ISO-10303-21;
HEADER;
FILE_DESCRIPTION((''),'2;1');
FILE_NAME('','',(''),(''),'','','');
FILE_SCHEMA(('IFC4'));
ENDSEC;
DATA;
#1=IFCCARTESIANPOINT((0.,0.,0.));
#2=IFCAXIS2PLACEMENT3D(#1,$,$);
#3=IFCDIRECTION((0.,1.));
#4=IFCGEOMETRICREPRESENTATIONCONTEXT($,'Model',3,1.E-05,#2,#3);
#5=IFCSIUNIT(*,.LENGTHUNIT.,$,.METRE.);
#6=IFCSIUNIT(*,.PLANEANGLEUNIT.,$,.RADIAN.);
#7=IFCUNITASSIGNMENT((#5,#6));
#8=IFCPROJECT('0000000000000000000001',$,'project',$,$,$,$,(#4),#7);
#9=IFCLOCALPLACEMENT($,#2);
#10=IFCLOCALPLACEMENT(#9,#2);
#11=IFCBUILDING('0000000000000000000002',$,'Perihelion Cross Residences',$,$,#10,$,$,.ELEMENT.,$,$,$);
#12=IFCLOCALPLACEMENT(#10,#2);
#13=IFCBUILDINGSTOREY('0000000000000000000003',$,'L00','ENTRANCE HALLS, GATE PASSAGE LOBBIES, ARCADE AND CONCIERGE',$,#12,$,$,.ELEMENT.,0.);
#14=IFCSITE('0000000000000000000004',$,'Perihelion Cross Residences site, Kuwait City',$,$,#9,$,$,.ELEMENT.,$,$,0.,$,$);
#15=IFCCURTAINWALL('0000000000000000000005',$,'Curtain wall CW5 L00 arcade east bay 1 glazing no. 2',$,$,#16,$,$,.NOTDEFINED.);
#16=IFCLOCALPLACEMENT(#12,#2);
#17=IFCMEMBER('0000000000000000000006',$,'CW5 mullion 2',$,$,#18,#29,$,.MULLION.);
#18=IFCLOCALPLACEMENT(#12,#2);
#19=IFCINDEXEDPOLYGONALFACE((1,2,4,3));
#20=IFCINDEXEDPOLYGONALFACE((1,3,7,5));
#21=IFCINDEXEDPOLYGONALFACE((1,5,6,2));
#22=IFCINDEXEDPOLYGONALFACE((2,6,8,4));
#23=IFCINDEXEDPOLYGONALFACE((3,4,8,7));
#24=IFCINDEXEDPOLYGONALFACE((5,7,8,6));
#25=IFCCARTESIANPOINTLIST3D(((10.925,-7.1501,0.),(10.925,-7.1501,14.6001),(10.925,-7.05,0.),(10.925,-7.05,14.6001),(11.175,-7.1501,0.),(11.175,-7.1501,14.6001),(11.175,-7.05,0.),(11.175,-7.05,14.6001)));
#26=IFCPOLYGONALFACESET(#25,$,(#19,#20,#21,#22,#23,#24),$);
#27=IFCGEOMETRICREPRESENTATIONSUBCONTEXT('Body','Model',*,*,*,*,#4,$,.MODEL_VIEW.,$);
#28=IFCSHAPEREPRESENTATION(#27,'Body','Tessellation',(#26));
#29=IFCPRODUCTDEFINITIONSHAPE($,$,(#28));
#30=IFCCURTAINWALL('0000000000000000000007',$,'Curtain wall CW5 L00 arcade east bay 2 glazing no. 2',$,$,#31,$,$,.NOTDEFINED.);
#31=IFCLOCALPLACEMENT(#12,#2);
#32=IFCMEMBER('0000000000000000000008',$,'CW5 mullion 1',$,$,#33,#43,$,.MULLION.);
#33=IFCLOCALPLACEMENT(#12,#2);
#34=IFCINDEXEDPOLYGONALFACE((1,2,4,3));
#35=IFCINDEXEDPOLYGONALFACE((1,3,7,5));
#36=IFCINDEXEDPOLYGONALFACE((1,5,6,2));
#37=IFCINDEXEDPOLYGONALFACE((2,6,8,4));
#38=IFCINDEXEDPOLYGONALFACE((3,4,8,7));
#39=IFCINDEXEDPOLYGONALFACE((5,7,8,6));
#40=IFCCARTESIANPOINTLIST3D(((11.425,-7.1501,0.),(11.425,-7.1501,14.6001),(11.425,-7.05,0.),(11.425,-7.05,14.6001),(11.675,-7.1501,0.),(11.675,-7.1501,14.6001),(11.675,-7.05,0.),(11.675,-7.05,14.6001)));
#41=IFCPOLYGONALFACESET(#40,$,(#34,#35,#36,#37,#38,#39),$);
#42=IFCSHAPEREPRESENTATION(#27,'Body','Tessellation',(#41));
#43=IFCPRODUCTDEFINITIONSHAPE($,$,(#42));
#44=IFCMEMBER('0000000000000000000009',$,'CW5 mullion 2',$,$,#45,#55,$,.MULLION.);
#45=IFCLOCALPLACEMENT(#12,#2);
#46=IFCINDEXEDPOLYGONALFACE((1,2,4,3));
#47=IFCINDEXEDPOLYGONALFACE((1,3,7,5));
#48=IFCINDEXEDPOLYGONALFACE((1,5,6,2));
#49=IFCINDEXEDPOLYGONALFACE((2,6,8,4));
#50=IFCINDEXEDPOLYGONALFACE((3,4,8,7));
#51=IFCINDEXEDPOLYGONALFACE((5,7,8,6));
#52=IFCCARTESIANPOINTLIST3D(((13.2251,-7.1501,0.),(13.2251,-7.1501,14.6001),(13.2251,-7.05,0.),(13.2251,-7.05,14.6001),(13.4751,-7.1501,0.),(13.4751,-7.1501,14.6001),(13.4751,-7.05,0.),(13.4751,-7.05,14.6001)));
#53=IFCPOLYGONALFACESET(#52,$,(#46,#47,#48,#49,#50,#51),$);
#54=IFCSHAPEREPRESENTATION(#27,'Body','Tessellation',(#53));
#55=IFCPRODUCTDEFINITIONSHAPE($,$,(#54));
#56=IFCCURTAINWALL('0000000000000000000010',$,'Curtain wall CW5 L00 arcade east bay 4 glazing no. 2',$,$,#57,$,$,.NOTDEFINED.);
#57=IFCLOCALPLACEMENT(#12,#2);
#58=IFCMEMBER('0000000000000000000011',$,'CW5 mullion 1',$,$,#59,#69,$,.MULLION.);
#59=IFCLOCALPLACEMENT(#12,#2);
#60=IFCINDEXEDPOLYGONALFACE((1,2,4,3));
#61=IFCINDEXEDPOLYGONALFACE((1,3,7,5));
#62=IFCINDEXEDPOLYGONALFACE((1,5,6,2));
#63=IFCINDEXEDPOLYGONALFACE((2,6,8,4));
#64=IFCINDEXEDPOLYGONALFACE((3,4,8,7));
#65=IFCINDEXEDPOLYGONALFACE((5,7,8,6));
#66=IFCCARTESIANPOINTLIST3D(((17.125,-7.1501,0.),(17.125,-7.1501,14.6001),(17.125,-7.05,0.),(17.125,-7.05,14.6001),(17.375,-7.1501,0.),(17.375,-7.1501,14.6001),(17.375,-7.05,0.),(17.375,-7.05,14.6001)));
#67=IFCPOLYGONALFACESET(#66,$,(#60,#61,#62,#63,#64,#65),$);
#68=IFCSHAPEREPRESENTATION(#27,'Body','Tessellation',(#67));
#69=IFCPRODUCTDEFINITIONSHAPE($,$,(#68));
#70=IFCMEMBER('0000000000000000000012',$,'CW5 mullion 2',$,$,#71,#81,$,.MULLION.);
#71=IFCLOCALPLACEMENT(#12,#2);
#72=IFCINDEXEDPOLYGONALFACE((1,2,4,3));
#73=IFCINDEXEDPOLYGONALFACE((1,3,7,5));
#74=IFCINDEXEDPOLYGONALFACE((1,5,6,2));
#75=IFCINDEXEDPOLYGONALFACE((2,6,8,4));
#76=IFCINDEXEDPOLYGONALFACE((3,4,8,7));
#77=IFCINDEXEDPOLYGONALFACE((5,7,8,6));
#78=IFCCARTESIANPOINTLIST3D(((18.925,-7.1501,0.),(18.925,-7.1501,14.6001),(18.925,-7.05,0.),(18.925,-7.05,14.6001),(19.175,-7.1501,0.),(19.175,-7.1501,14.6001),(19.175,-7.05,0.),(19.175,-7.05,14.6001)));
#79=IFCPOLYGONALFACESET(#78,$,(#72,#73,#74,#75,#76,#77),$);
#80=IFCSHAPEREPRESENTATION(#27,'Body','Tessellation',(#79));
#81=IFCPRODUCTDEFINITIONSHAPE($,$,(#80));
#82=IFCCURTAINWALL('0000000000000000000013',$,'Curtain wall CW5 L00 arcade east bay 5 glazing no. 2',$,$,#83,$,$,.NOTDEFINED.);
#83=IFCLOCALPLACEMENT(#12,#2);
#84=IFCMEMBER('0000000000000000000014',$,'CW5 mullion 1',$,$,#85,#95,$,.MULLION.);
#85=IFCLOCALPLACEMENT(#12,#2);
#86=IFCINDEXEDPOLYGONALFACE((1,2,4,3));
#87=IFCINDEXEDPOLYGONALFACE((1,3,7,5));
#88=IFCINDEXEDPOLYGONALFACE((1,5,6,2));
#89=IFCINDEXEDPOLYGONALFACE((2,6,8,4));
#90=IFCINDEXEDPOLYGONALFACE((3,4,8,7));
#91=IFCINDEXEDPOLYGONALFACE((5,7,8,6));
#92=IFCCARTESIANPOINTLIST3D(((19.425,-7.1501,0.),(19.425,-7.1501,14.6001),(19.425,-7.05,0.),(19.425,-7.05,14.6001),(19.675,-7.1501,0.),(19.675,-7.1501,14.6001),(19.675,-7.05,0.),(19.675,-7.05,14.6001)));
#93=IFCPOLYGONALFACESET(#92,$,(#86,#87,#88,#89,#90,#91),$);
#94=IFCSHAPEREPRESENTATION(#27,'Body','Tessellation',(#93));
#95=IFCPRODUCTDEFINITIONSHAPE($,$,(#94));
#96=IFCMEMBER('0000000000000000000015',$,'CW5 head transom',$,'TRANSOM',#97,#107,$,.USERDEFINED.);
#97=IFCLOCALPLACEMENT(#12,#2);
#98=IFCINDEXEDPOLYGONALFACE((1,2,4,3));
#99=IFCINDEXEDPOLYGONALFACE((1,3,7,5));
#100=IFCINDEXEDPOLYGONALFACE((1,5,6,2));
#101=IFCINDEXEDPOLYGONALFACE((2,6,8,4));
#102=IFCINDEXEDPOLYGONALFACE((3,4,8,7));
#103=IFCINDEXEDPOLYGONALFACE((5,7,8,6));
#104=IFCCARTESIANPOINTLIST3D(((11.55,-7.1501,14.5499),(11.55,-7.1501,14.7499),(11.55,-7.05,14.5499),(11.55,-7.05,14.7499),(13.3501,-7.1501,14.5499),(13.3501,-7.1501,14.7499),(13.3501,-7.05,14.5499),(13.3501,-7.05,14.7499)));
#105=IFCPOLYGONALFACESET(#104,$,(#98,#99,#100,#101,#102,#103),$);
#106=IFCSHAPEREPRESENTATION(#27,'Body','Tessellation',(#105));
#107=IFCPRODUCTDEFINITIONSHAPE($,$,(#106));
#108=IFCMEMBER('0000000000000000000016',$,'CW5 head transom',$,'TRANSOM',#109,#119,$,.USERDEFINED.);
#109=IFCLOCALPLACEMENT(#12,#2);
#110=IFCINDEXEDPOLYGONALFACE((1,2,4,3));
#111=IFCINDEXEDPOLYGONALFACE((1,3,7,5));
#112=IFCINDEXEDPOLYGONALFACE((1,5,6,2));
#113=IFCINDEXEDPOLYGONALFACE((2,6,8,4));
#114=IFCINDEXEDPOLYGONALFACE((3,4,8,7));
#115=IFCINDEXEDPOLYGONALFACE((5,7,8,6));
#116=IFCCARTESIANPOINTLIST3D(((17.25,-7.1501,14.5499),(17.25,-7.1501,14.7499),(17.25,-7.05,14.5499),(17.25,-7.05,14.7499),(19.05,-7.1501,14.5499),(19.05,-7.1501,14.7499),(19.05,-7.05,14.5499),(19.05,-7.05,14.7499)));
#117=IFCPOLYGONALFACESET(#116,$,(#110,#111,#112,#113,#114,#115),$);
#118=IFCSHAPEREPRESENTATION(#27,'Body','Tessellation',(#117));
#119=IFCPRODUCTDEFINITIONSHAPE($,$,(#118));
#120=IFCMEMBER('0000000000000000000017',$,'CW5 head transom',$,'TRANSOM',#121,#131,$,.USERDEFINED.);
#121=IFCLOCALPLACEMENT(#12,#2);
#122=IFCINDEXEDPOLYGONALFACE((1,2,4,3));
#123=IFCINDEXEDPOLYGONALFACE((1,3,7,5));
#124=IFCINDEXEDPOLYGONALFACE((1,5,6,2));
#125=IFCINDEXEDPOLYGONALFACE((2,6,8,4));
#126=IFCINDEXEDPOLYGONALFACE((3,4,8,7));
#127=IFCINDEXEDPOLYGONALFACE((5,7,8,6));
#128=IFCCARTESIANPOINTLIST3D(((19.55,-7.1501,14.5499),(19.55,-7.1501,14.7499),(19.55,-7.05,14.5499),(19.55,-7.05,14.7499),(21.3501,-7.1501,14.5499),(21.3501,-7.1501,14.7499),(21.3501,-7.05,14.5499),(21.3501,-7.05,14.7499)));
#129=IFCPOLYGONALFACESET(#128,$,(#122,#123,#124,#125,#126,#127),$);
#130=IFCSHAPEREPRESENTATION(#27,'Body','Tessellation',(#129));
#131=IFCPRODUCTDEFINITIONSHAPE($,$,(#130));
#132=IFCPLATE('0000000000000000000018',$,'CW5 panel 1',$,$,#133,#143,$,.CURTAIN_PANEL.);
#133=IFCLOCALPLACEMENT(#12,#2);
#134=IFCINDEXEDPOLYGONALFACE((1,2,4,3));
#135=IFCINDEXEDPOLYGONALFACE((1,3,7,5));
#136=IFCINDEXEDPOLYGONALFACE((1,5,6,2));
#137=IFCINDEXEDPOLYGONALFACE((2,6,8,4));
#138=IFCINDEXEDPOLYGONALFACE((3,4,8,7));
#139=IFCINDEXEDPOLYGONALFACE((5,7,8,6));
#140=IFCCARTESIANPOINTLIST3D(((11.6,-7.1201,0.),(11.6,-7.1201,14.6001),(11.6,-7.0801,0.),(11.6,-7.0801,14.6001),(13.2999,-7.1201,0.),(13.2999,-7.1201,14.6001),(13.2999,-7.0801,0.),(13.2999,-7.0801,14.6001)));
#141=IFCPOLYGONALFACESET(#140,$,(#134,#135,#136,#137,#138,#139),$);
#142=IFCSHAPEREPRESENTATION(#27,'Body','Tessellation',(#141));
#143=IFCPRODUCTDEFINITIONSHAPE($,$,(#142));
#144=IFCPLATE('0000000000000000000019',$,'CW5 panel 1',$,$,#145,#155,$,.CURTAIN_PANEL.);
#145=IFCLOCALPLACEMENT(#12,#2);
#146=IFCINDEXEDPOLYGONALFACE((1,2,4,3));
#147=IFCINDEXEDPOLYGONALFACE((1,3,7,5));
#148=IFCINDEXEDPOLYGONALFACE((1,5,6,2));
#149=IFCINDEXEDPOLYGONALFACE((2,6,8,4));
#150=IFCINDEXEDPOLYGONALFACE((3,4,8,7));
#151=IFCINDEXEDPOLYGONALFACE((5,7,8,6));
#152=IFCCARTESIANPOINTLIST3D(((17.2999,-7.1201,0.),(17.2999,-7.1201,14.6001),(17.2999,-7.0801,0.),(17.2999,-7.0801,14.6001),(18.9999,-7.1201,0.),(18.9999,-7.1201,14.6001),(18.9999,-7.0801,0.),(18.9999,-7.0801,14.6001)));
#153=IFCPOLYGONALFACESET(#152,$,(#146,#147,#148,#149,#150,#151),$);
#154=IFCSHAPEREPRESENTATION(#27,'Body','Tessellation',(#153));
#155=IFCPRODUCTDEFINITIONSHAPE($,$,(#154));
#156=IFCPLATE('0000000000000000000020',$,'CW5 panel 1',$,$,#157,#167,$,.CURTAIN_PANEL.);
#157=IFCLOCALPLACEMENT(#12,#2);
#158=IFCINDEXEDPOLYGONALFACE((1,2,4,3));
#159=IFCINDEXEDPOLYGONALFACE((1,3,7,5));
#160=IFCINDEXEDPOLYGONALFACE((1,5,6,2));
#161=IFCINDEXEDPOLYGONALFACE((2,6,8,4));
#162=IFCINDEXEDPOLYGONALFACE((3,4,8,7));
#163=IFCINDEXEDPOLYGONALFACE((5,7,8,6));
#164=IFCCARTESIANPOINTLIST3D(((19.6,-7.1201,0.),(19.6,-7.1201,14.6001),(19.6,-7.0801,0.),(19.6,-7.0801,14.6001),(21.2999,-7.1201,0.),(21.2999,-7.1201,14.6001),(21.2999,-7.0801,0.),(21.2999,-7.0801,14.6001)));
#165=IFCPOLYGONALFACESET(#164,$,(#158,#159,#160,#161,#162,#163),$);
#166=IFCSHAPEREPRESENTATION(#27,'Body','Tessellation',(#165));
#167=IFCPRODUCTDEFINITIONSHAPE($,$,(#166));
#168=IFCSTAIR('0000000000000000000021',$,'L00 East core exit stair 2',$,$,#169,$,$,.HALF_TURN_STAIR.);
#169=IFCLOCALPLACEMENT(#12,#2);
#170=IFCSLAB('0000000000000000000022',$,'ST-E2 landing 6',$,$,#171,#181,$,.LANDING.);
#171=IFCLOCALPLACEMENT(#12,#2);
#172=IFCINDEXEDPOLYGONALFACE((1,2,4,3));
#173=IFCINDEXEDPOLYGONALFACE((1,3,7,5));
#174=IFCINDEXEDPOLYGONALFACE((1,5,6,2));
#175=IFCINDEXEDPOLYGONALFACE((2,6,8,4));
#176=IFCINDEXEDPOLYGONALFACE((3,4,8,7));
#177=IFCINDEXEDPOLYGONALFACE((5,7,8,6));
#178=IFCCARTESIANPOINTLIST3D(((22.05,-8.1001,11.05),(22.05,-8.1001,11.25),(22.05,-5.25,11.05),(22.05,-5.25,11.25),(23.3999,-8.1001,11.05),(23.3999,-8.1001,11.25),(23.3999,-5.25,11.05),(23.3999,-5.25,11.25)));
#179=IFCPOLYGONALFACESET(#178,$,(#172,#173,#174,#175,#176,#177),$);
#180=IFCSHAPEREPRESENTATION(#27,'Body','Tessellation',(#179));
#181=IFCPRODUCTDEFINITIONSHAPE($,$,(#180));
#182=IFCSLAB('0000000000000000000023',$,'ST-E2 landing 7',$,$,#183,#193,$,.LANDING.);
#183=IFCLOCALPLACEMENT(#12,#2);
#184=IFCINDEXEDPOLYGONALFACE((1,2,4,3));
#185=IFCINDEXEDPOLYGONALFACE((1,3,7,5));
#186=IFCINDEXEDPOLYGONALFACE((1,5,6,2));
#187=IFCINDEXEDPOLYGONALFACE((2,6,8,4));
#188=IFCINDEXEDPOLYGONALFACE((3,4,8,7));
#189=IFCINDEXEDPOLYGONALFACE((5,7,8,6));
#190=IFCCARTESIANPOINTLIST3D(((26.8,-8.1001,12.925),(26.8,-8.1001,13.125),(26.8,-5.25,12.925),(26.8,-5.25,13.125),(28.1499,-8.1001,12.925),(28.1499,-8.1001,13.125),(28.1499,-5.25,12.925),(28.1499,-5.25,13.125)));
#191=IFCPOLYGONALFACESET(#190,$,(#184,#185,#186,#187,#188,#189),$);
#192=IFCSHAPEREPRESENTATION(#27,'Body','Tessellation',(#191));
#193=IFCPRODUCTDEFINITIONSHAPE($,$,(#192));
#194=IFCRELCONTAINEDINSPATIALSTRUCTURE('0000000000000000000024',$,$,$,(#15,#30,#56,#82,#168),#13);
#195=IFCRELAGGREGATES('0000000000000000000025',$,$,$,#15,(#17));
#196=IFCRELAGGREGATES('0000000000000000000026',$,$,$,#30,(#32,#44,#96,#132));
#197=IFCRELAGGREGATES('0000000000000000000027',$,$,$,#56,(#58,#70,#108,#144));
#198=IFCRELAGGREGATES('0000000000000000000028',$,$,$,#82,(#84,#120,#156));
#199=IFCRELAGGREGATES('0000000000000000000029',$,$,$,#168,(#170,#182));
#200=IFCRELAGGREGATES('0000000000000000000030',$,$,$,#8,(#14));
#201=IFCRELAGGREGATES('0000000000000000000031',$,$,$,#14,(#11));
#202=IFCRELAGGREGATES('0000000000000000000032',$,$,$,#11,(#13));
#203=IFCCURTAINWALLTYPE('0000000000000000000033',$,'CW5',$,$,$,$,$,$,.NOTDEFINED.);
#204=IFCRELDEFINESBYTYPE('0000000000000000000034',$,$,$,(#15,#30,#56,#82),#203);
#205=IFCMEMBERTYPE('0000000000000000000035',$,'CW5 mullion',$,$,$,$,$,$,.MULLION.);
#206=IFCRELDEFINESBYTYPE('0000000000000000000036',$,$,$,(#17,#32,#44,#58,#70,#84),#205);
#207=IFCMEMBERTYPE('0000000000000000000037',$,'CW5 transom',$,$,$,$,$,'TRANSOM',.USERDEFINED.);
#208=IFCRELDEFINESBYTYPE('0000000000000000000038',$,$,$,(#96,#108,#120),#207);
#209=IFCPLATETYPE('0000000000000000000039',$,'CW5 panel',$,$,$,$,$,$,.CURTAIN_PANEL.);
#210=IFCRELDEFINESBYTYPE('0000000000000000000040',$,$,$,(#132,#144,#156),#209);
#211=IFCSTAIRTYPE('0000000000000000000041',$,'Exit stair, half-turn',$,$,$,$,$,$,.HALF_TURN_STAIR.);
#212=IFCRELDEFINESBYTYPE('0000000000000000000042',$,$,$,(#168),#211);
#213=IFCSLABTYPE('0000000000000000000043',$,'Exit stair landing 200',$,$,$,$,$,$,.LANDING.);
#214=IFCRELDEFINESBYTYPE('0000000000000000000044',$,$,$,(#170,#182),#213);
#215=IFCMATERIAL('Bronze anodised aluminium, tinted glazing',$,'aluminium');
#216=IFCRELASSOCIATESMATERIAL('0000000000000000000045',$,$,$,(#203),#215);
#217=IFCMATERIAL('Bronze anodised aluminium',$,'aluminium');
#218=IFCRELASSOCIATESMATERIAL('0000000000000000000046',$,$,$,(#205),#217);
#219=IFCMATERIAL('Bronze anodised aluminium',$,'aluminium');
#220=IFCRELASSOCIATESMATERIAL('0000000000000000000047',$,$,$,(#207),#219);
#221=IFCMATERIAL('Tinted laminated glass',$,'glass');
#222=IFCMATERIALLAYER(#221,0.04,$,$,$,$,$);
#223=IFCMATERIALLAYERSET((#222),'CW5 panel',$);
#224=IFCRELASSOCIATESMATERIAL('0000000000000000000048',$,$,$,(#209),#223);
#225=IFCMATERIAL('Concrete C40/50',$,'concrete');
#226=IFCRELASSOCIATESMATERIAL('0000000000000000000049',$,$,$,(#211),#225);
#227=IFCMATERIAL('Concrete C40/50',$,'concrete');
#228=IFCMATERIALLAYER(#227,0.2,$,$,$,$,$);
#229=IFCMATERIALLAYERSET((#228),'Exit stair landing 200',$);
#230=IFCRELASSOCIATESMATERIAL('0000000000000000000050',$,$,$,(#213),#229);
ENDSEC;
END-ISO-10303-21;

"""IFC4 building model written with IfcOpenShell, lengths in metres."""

from ifc_helpers import new_model, si_unit, direction, frame, origin, origin_2d, place, context, subcontext, project, spatial, polyline, rectangle, outline, extrude, material, layer, layer_set, material_profile, profile_set, type_object, element, aggregate, save


model = new_model("IFC4")

# Units and contexts
model_context = context("Model", 3, precision=1e-05, world=origin(), true_north=direction((0.0, 1.0)))
body_context = subcontext(model_context, "Body", "Model", "MODEL_VIEW")
ifc_project = project(units=[si_unit("LENGTHUNIT", "METRE"), si_unit("PLANEANGLEUNIT", "RADIAN")], contexts=[model_context])

# Site, building, storey
site_placement = place(None, origin())
site = spatial("IfcSite", under=ifc_project, at=site_placement, Name="Perihelion Cross Residences site, Kuwait City", CompositionType="ELEMENT", RefElevation=0.0)
building_placement = place(site_placement, origin())
building = spatial("IfcBuilding", under=site, at=building_placement, Name="Perihelion Cross Residences", CompositionType="ELEMENT")
storey_placement = place(building_placement, origin())
storey = spatial("IfcBuildingStorey", under=building, at=storey_placement, Name="L00", Description="ENTRANCE HALLS, GATE PASSAGE LOBBIES, ARCADE AND CONCIERGE", CompositionType="ELEMENT", Elevation=0.0)

# Curtain wall, member
ifc_material_1 = material(Name="Bronze anodised aluminium, tinted glazing", Category="aluminium")
curtain_wall_type = type_object("IfcCurtainWallType", Name="CW5", PredefinedType="NOTDEFINED", material=ifc_material_1)
curtain_wall_1_placement = place(storey_placement, origin())
curtain_wall_1 = element("IfcCurtainWall", 1, at=curtain_wall_1_placement, inside=storey, type_object=curtain_wall_type, Name="Curtain wall CW5 L00 arcade east bay 1 glazing no. 2", PredefinedType="NOTDEFINED")
ifc_material_2 = material(Name="Bronze anodised aluminium", Category="aluminium")
ifc_material_profile_1 = material_profile(ifc_material_2, rectangle(XDim=0.1001, YDim=0.25, at=origin_2d()), Name="CW5 mullion")
ifc_profile_set_1 = profile_set([ifc_material_profile_1], Name="Bronze anodised aluminium")
member_type_1 = type_object("IfcMemberType", Name="CW5 mullion", PredefinedType="MULLION", material=ifc_profile_set_1)
member_1_placement = place(storey_placement, frame((11.05, -7.1001, 0.0), z_axis=(0.0, 0.0, 1.0), x_axis=(0.0, 1.0, 0.0)))
member_1 = element("IfcMember", 2, at=member_1_placement, type_object=member_type_1, Name="CW5 mullion 2", PredefinedType="MULLION", context=body_context, shape_type="SweptSolid", body=[
    extrude(rectangle(XDim=0.1001, YDim=0.25, at=origin_2d()), origin(), (0.0, 0.0, 1.0), 14.6001),
])
aggregate(curtain_wall_1, [member_1])

# Curtain walls, members
curtain_wall_2_placement = place(storey_placement, origin())
curtain_wall_2 = element("IfcCurtainWall", 3, at=curtain_wall_2_placement, inside=storey, type_object=curtain_wall_type, Name="Curtain wall CW5 L00 arcade east bay 2 glazing no. 2", PredefinedType="NOTDEFINED")
member_2_placement = place(storey_placement, frame((11.55, -7.1001, 0.0), z_axis=(0.0, 0.0, 1.0), x_axis=(0.0, 1.0, 0.0)))
member_2 = element("IfcMember", 4, at=member_2_placement, type_object=member_type_1, Name="CW5 mullion 1", PredefinedType="MULLION", context=body_context, shape_type="SweptSolid", body=[
    extrude(rectangle(XDim=0.1001, YDim=0.25, at=origin_2d()), origin(), (0.0, 0.0, 1.0), 14.6001),
])
member_3_placement = place(storey_placement, frame((13.3501, -7.1001, 0.0), z_axis=(0.0, 0.0, 1.0), x_axis=(0.0, 1.0, 0.0)))
member_3 = element("IfcMember", 5, at=member_3_placement, type_object=member_type_1, Name="CW5 mullion 2", PredefinedType="MULLION", context=body_context, shape_type="SweptSolid", body=[
    extrude(rectangle(XDim=0.1001, YDim=0.25, at=origin_2d()), origin(), (0.0, 0.0, 1.0), 14.6001),
])
curtain_wall_3_placement = place(storey_placement, origin())
curtain_wall_3 = element("IfcCurtainWall", 6, at=curtain_wall_3_placement, inside=storey, type_object=curtain_wall_type, Name="Curtain wall CW5 L00 arcade east bay 4 glazing no. 2", PredefinedType="NOTDEFINED")
member_4_placement = place(storey_placement, frame((17.25, -7.1001, 0.0), z_axis=(0.0, 0.0, 1.0), x_axis=(0.0, 1.0, 0.0)))
member_4 = element("IfcMember", 7, at=member_4_placement, type_object=member_type_1, Name="CW5 mullion 1", PredefinedType="MULLION", context=body_context, shape_type="SweptSolid", body=[
    extrude(rectangle(XDim=0.1001, YDim=0.25, at=origin_2d()), origin(), (0.0, 0.0, 1.0), 14.6001),
])
member_5_placement = place(storey_placement, frame((19.05, -7.1001, 0.0), z_axis=(0.0, 0.0, 1.0), x_axis=(0.0, 1.0, 0.0)))
member_5 = element("IfcMember", 8, at=member_5_placement, type_object=member_type_1, Name="CW5 mullion 2", PredefinedType="MULLION", context=body_context, shape_type="SweptSolid", body=[
    extrude(rectangle(XDim=0.1001, YDim=0.25, at=origin_2d()), origin(), (0.0, 0.0, 1.0), 14.6001),
])

# Curtain wall, member
curtain_wall_4_placement = place(storey_placement, origin())
curtain_wall_4 = element("IfcCurtainWall", 9, at=curtain_wall_4_placement, inside=storey, type_object=curtain_wall_type, Name="Curtain wall CW5 L00 arcade east bay 5 glazing no. 2", PredefinedType="NOTDEFINED")
member_6_placement = place(storey_placement, frame((19.55, -7.1001, 0.0), z_axis=(0.0, 0.0, 1.0), x_axis=(0.0, 1.0, 0.0)))
member_6 = element("IfcMember", 10, at=member_6_placement, type_object=member_type_1, Name="CW5 mullion 1", PredefinedType="MULLION", context=body_context, shape_type="SweptSolid", body=[
    extrude(rectangle(XDim=0.1001, YDim=0.25, at=origin_2d()), origin(), (0.0, 0.0, 1.0), 14.6001),
])

# Members
ifc_material_3 = material(Name="Bronze anodised aluminium", Category="aluminium")
ifc_material_profile_2 = material_profile(ifc_material_3, rectangle(XDim=0.1001, YDim=0.2, at=origin_2d()), Name="CW5 transom")
ifc_profile_set_2 = profile_set([ifc_material_profile_2], Name="Bronze anodised aluminium")
member_type_2 = type_object("IfcMemberType", Name="CW5 transom", ElementType="TRANSOM", PredefinedType="USERDEFINED", material=ifc_profile_set_2)
member_7_placement = place(storey_placement, frame((11.55, -7.1001, 14.6499), z_axis=(1.0, 0.0, 0.0), x_axis=(0.0, 1.0, 0.0)))
member_7 = element("IfcMember", 11, at=member_7_placement, type_object=member_type_2, Name="CW5 head transom", ObjectType="TRANSOM", PredefinedType="USERDEFINED", context=body_context, shape_type="SweptSolid", body=[
    extrude(rectangle(XDim=0.1001, YDim=0.2, at=origin_2d()), origin(), (0.0, 0.0, 1.0), 1.8),
])
member_8_placement = place(storey_placement, frame((17.25, -7.1001, 14.6499), z_axis=(1.0, 0.0, 0.0), x_axis=(0.0, 1.0, 0.0)))
member_8 = element("IfcMember", 12, at=member_8_placement, type_object=member_type_2, Name="CW5 head transom", ObjectType="TRANSOM", PredefinedType="USERDEFINED", context=body_context, shape_type="SweptSolid", body=[
    extrude(rectangle(XDim=0.1001, YDim=0.2, at=origin_2d()), origin(), (0.0, 0.0, 1.0), 1.8),
])
member_9_placement = place(storey_placement, frame((19.55, -7.1001, 14.6499), z_axis=(1.0, 0.0, 0.0), x_axis=(0.0, 1.0, 0.0)))
member_9 = element("IfcMember", 13, at=member_9_placement, type_object=member_type_2, Name="CW5 head transom", ObjectType="TRANSOM", PredefinedType="USERDEFINED", context=body_context, shape_type="SweptSolid", body=[
    extrude(rectangle(XDim=0.1001, YDim=0.2, at=origin_2d()), origin(), (0.0, 0.0, 1.0), 1.8),
])

# Plates
ifc_material_4 = material(Name="Tinted laminated glass", Category="glass")
ifc_layer_1 = layer(ifc_material_4, 0.04)
ifc_layer_set_1 = layer_set([ifc_layer_1], Name="CW5 panel")
plate_type = type_object("IfcPlateType", Name="CW5 panel", PredefinedType="CURTAIN_PANEL", material=ifc_layer_set_1)
plate_1_placement = place(storey_placement, frame((12.45, -7.1001, 0.0), z_axis=(0.0, 0.0, 1.0), x_axis=(1.0, 0.0, 0.0)))
plate_1 = element("IfcPlate", 14, at=plate_1_placement, type_object=plate_type, Name="CW5 panel 1", PredefinedType="CURTAIN_PANEL", context=body_context, shape_type="SweptSolid", body=[
    extrude(rectangle(XDim=1.7, YDim=0.04, at=origin_2d()), origin(), (0.0, 0.0, 1.0), 14.6001),
])
aggregate(curtain_wall_2, [member_2, member_3, member_7, plate_1])
plate_2_placement = place(storey_placement, frame((18.1499, -7.1001, 0.0), z_axis=(0.0, 0.0, 1.0), x_axis=(1.0, 0.0, 0.0)))
plate_2 = element("IfcPlate", 15, at=plate_2_placement, type_object=plate_type, Name="CW5 panel 1", PredefinedType="CURTAIN_PANEL", context=body_context, shape_type="SweptSolid", body=[
    extrude(rectangle(XDim=1.7, YDim=0.04, at=origin_2d()), origin(), (0.0, 0.0, 1.0), 14.6001),
])
aggregate(curtain_wall_3, [member_4, member_5, member_8, plate_2])
plate_3_placement = place(storey_placement, frame((20.45, -7.1001, 0.0), z_axis=(0.0, 0.0, 1.0), x_axis=(1.0, 0.0, 0.0)))
plate_3 = element("IfcPlate", 16, at=plate_3_placement, type_object=plate_type, Name="CW5 panel 1", PredefinedType="CURTAIN_PANEL", context=body_context, shape_type="SweptSolid", body=[
    extrude(rectangle(XDim=1.7, YDim=0.04, at=origin_2d()), origin(), (0.0, 0.0, 1.0), 14.6001),
])
aggregate(curtain_wall_4, [member_6, member_9, plate_3])

# Stair, slabs
ifc_material_5 = material(Name="Concrete C40/50", Category="concrete")
stair_type = type_object("IfcStairType", Name="Exit stair, half-turn", PredefinedType="HALF_TURN_STAIR", material=ifc_material_5)
stair_1_placement = place(storey_placement, origin())
stair_1 = element("IfcStair", 17, at=stair_1_placement, inside=storey, type_object=stair_type, Name="L00 East core exit stair 2", PredefinedType="HALF_TURN_STAIR")
ifc_material_6 = material(Name="Concrete C40/50", Category="concrete")
ifc_layer_2 = layer(ifc_material_6, 0.2)
ifc_layer_set_2 = layer_set([ifc_layer_2], Name="Exit stair landing 200")
slab_type = type_object("IfcSlabType", Name="Exit stair landing 200", PredefinedType="LANDING", material=ifc_layer_set_2)
slab_1_placement = place(storey_placement, frame((0.0, 0.0, 11.05)))
slab_1 = element("IfcSlab", 18, at=slab_1_placement, type_object=slab_type, Name="ST-E2 landing 6", PredefinedType="LANDING", context=body_context, shape_type="SweptSolid", body=[
    extrude(outline(polyline([(22.05, -8.1001), (23.3999, -8.1001), (23.3999, -5.25), (22.05, -5.25), (22.05, -8.1001)])), origin(), (0.0, 0.0, 1.0), 0.2),
])
slab_2_placement = place(storey_placement, frame((0.0, 0.0, 12.925)))
slab_2 = element("IfcSlab", 19, at=slab_2_placement, type_object=slab_type, Name="ST-E2 landing 7", PredefinedType="LANDING", context=body_context, shape_type="SweptSolid", body=[
    extrude(outline(polyline([(26.8, -8.1001), (28.1499, -8.1001), (28.1499, -5.25), (26.8, -5.25), (26.8, -8.1001)])), origin(), (0.0, 0.0, 1.0), 0.2),
])
aggregate(stair_1, [slab_1, slab_2])

save(model, "model.ifc")
